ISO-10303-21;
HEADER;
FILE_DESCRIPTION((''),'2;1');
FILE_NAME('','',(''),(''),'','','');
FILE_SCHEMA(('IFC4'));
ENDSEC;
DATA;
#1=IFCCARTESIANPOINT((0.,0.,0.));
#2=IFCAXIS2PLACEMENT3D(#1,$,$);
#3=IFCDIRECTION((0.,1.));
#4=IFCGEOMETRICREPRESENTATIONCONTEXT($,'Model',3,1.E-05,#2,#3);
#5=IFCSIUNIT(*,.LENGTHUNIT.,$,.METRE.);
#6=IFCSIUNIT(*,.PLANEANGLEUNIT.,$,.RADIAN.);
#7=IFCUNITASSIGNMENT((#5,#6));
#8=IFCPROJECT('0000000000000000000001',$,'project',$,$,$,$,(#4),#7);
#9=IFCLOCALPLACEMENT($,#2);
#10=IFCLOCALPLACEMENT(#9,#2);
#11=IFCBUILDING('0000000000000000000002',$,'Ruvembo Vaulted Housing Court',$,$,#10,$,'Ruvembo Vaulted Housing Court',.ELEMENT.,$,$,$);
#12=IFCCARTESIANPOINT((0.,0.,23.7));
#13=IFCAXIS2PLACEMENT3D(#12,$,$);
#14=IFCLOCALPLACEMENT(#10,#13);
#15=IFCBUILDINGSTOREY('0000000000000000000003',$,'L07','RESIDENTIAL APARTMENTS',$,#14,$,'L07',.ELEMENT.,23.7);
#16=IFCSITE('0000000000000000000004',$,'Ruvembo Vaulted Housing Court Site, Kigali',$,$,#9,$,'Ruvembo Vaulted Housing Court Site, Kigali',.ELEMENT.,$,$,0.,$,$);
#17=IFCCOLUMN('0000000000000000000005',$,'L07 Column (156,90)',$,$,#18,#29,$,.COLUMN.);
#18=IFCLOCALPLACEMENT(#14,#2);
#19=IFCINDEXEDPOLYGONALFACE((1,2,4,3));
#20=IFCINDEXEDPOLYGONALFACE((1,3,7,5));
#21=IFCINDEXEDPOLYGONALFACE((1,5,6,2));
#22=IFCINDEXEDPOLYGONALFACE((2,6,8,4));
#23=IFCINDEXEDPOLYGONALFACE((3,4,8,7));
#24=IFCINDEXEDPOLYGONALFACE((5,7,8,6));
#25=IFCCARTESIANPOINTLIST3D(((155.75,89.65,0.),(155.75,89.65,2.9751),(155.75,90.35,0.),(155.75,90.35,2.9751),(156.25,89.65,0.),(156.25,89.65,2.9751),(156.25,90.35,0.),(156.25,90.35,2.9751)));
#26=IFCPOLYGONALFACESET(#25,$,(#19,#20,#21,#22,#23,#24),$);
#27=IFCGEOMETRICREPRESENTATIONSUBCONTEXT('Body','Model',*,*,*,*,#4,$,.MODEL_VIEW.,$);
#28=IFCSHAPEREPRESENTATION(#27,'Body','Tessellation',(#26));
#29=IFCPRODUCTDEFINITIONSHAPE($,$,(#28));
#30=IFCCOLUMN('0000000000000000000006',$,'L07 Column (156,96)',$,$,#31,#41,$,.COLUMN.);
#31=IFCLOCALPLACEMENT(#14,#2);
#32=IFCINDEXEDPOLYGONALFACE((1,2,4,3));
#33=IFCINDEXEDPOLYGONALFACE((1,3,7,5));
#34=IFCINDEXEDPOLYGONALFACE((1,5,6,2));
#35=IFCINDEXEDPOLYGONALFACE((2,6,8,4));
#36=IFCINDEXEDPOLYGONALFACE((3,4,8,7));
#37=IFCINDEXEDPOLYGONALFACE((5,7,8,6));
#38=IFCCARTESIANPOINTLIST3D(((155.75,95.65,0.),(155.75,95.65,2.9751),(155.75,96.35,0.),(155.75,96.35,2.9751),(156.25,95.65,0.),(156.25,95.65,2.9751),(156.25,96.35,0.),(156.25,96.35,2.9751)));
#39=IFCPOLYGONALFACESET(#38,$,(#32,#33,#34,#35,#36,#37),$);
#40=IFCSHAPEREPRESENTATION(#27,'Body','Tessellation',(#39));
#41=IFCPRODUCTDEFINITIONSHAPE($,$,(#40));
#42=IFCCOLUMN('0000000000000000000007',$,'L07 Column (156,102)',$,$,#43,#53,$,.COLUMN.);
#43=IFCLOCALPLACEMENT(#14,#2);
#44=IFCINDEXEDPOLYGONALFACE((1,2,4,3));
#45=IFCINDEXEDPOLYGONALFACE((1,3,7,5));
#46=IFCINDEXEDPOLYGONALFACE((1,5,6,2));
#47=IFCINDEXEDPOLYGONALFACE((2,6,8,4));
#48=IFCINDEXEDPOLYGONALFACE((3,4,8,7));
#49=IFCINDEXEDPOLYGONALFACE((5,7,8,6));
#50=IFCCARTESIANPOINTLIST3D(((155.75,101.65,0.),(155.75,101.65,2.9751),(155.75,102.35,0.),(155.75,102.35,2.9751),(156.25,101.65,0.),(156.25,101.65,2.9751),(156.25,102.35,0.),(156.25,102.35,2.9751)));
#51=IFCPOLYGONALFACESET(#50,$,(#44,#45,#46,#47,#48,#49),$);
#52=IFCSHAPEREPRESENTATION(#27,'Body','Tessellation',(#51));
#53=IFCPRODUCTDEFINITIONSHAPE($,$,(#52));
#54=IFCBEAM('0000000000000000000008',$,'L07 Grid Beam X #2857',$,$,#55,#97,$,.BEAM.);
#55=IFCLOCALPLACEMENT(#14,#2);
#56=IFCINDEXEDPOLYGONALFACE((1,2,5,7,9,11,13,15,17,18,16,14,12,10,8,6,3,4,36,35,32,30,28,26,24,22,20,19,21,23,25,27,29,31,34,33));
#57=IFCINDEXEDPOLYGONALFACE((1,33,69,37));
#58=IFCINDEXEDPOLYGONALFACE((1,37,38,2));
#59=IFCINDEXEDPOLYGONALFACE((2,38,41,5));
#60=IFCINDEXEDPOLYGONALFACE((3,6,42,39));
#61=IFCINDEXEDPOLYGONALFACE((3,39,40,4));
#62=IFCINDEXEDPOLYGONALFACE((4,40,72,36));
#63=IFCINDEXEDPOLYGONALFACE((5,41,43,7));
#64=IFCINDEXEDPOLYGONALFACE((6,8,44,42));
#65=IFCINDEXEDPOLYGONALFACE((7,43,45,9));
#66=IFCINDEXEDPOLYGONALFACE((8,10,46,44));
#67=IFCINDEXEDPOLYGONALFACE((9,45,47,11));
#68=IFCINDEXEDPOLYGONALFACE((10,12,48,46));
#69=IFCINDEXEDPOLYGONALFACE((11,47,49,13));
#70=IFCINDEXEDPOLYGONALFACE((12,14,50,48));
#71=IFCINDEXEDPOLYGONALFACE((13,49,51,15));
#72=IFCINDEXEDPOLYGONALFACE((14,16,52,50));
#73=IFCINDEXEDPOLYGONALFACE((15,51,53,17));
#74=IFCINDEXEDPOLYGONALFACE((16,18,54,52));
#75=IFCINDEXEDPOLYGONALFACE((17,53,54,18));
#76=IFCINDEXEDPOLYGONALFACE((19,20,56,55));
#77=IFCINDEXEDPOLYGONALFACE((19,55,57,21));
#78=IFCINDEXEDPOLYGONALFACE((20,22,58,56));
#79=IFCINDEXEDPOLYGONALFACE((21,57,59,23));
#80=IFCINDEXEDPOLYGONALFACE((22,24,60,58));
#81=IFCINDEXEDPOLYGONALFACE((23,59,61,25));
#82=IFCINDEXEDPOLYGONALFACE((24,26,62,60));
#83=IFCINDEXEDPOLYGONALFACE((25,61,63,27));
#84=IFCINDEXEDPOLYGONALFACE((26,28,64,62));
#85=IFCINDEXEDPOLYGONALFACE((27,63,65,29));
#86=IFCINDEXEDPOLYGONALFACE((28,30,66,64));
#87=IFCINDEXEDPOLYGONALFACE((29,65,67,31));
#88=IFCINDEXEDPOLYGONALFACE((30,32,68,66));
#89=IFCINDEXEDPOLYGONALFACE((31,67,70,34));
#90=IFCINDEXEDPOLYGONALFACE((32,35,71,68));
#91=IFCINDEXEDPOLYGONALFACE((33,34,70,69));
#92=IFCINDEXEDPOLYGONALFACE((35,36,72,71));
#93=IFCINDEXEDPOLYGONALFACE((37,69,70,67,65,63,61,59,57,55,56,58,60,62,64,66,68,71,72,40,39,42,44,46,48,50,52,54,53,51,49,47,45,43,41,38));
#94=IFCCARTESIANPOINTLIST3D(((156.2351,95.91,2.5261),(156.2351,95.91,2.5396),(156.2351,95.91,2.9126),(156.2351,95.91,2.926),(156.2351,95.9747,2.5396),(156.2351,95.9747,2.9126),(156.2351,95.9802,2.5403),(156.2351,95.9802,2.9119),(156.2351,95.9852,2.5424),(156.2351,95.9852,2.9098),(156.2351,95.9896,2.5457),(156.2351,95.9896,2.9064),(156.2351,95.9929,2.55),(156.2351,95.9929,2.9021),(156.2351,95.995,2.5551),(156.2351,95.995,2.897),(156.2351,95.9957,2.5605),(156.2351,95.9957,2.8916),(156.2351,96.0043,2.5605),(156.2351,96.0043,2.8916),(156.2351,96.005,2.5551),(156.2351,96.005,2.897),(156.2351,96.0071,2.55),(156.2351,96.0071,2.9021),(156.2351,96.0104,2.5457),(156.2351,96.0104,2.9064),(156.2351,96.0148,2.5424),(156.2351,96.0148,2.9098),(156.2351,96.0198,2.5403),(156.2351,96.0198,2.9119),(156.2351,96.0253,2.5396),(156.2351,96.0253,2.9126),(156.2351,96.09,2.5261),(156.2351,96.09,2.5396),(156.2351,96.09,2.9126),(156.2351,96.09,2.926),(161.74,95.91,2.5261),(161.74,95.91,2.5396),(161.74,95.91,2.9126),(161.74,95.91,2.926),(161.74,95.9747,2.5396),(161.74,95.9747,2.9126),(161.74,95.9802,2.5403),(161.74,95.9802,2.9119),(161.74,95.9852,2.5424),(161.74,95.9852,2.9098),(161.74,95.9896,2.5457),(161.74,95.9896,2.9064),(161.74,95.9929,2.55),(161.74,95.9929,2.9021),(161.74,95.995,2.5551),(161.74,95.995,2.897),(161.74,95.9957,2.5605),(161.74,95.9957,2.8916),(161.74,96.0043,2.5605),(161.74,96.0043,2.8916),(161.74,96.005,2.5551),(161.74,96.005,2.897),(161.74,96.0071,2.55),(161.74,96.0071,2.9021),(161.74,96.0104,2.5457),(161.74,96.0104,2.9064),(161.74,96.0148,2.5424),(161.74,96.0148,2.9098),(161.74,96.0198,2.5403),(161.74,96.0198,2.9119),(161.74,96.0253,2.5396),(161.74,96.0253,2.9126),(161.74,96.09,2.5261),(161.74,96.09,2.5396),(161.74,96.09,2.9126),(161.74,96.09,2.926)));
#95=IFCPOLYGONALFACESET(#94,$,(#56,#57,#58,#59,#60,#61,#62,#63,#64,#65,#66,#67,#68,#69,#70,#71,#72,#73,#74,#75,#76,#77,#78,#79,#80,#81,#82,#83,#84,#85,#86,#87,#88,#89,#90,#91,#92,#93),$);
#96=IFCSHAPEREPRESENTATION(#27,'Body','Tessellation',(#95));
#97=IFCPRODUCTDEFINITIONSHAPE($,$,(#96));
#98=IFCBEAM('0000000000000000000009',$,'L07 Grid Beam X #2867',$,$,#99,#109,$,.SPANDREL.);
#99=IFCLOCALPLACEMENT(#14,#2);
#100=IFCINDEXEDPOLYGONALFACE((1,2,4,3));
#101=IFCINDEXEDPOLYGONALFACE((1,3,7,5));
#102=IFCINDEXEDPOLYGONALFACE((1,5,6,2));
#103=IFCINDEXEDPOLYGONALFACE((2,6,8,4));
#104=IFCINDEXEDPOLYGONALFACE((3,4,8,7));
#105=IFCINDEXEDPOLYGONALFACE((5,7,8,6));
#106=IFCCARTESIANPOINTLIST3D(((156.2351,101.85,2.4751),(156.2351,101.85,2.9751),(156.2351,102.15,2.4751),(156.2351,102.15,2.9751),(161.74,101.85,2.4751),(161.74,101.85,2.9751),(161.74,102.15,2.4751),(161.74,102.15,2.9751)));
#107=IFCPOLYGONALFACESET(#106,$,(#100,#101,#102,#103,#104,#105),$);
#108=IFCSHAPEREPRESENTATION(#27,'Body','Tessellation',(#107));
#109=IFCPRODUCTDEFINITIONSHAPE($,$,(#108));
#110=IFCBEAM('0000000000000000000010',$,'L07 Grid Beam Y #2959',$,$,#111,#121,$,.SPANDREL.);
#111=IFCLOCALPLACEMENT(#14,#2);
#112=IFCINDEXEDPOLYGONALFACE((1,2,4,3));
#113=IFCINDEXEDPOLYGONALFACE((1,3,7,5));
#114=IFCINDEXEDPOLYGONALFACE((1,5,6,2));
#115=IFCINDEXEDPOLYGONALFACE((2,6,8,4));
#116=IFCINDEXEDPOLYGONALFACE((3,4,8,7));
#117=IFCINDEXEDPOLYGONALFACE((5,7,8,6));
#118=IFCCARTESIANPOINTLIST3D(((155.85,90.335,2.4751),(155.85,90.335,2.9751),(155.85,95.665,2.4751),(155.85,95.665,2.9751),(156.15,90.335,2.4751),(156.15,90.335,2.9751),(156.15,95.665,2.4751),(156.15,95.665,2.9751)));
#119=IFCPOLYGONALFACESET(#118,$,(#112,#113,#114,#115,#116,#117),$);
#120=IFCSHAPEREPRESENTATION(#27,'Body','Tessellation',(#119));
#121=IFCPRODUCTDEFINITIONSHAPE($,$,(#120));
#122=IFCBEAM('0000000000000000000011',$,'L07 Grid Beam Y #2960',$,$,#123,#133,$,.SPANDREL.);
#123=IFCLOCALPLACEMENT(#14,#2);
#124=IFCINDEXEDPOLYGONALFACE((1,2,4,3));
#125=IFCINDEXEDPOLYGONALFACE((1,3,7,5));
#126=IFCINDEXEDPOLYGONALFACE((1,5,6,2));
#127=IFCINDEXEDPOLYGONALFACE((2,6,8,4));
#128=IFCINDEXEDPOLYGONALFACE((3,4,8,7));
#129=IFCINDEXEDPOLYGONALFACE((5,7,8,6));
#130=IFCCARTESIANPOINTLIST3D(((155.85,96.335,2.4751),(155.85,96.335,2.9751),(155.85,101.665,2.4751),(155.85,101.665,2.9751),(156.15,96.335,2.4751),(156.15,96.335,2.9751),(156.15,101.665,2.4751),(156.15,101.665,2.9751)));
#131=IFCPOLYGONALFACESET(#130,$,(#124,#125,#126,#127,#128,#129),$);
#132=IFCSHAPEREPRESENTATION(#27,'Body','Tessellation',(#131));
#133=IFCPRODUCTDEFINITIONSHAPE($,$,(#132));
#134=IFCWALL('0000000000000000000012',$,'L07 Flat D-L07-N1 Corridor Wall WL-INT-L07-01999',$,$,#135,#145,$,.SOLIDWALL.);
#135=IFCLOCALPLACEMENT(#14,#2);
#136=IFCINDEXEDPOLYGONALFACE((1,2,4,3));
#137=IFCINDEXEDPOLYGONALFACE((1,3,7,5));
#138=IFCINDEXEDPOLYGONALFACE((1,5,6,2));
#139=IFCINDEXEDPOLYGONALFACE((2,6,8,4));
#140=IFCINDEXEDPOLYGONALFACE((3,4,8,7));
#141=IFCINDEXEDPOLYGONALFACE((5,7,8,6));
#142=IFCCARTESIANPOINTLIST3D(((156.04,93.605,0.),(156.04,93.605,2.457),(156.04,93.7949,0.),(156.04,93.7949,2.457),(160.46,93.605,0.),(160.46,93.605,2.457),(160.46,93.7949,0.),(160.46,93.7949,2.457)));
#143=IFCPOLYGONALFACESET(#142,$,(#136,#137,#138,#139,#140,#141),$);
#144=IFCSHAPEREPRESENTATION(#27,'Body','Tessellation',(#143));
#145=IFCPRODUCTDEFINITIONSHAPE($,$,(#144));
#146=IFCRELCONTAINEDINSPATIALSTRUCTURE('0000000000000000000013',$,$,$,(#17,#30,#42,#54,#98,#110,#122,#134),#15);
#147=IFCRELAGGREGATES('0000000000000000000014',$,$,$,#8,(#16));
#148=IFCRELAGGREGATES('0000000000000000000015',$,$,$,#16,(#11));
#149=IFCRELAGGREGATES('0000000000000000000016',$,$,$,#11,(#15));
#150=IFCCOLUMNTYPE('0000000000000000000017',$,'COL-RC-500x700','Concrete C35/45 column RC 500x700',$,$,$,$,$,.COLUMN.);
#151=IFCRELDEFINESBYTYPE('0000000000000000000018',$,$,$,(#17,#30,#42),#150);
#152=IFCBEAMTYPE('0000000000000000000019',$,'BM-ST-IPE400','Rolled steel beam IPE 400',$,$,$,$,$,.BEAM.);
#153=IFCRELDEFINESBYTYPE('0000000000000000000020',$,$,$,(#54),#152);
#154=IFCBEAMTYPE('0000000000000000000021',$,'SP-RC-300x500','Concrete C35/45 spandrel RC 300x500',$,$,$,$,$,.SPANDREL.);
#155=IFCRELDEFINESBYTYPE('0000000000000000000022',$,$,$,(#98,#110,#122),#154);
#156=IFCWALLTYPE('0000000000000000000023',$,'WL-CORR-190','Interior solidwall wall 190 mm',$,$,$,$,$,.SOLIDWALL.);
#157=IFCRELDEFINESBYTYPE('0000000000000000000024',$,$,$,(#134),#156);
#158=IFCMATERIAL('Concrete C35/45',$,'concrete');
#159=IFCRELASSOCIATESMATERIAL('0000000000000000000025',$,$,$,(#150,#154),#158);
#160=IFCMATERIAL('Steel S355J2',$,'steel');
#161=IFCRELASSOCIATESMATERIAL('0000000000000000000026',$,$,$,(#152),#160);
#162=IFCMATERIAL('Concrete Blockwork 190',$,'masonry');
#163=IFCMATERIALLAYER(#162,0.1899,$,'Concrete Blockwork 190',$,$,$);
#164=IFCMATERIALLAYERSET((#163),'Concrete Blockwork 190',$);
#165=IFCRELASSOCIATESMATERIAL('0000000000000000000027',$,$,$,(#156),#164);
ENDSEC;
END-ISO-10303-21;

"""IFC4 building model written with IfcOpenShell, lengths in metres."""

from ifc_helpers import new_model, si_unit, direction, frame, frame_2d, origin, origin_2d, place, context, subcontext, project, spatial, rectangle, i_section, extrude, material, layer, layer_set, material_profile, profile_set, type_object, element, save


model = new_model("IFC4")

# Units and contexts
model_context = context("Model", 3, precision=1e-05, world=origin(), true_north=direction((0.0, 1.0)))
body_context = subcontext(model_context, "Body", "Model", "MODEL_VIEW")
ifc_project = project(units=[si_unit("LENGTHUNIT", "METRE"), si_unit("PLANEANGLEUNIT", "RADIAN")], contexts=[model_context])

# Site, building, storey
site_placement = place(None, origin())
site = spatial("IfcSite", under=ifc_project, at=site_placement, Name="Ruvembo Vaulted Housing Court Site, Kigali", LongName="Ruvembo Vaulted Housing Court Site, Kigali", CompositionType="ELEMENT", RefElevation=0.0)
building_placement = place(site_placement, origin())
building = spatial("IfcBuilding", under=site, at=building_placement, Name="Ruvembo Vaulted Housing Court", LongName="Ruvembo Vaulted Housing Court", CompositionType="ELEMENT")
storey_placement = place(building_placement, frame((0.0, 0.0, 23.7)))
storey = spatial("IfcBuildingStorey", under=building, at=storey_placement, Name="L07", Description="RESIDENTIAL APARTMENTS", LongName="L07", CompositionType="ELEMENT", Elevation=23.7)

# Columns
ifc_material_1 = material(Name="Concrete C35/45", Category="concrete")
ifc_material_profile_1 = material_profile(ifc_material_1, rectangle(XDim=0.5, YDim=0.7, at=origin_2d()), Name="RC 500x700")
ifc_profile_set_1 = profile_set([ifc_material_profile_1], Name="Concrete C35/45")
column_type = type_object("IfcColumnType", Name="COL-RC-500x700", Description="Concrete C35/45 column RC 500x700", PredefinedType="COLUMN", material=ifc_profile_set_1)
for number, where, z_axis, x_axis, name in (
    (1, (156.0, 90.0, 0.0), (0.0, 0.0, 1.0), (1.0, 0.0, 0.0), "L07 Column (156,90)"),
    (2, (156.0, 96.0, 0.0), (0.0, 0.0, 1.0), (1.0, 0.0, 0.0), "L07 Column (156,96)"),
    (3, (156.0, 102.0, 0.0), (0.0, 0.0, 1.0), (1.0, 0.0, 0.0), "L07 Column (156,102)"),
):
    element("IfcColumn", number, at=place(storey_placement, frame(where, z_axis=z_axis, x_axis=x_axis)), inside=storey, type_object=column_type, Name=name, PredefinedType="COLUMN", context=body_context, shape_type="SweptSolid", body=[
        extrude(rectangle(XDim=0.5, YDim=0.7, at=origin_2d()), origin(), (0.0, 0.0, 1.0), 2.9751),
    ])

# Beams
ifc_material_2 = material(Name="Steel S355J2", Category="steel")
ifc_material_profile_2 = material_profile(ifc_material_2, i_section(OverallWidth=0.1799, OverallDepth=0.3999, WebThickness=0.0085, FlangeThickness=0.0134, FilletRadius=0.021, at=origin_2d()), Name="IPE 400")
ifc_profile_set_2 = profile_set([ifc_material_profile_2], Name="Steel S355J2")
beam_type_1 = type_object("IfcBeamType", Name="BM-ST-IPE400", Description="Rolled steel beam IPE 400", PredefinedType="BEAM", material=ifc_profile_set_2)
beam_1_placement = place(storey_placement, frame((156.2351, 96.0, 2.7261), z_axis=(1.0, 0.0, 0.0), x_axis=(0.0, 1.0, 0.0)))
element("IfcBeam", 4, at=beam_1_placement, inside=storey, type_object=beam_type_1, Name="L07 Grid Beam X #2857", PredefinedType="BEAM", context=body_context, shape_type="SweptSolid", body=[
    extrude(i_section(OverallWidth=0.1799, OverallDepth=0.3999, WebThickness=0.0085, FlangeThickness=0.0134, FilletRadius=0.021, at=origin_2d()), origin(), (0.0, 0.0, 1.0), 5.5049),
])
ifc_material_profile_3 = material_profile(ifc_material_1, rectangle(XDim=0.3, YDim=0.5, at=origin_2d()), Name="RC 300x500")
ifc_profile_set_3 = profile_set([ifc_material_profile_3], Name="Concrete C35/45")
beam_type_2 = type_object("IfcBeamType", Name="SP-RC-300x500", Description="Concrete C35/45 spandrel RC 300x500", PredefinedType="SPANDREL", material=ifc_profile_set_3)
beam_2_placement = place(storey_placement, frame((156.2351, 102.0, 2.7251), z_axis=(1.0, 0.0, 0.0), x_axis=(0.0, 1.0, 0.0)))
element("IfcBeam", 5, at=beam_2_placement, inside=storey, type_object=beam_type_2, Name="L07 Grid Beam X #2867", PredefinedType="SPANDREL", context=body_context, shape_type="SweptSolid", body=[
    extrude(rectangle(XDim=0.3, YDim=0.5, at=origin_2d()), origin(), (0.0, 0.0, 1.0), 5.5049),
])
for number, where, z_axis, x_axis, name in (
    (6, (156.0, 90.335, 2.7251), (0.0, 1.0, 0.0), (-1.0, 0.0, 0.0), "L07 Grid Beam Y #2959"),
    (7, (156.0, 96.335, 2.7251), (0.0, 1.0, 0.0), (-1.0, 0.0, 0.0), "L07 Grid Beam Y #2960"),
):
    element("IfcBeam", number, at=place(storey_placement, frame(where, z_axis=z_axis, x_axis=x_axis)), inside=storey, type_object=beam_type_2, Name=name, PredefinedType="SPANDREL", context=body_context, shape_type="SweptSolid", body=[
        extrude(rectangle(XDim=0.3, YDim=0.5, at=origin_2d()), origin(), (0.0, 0.0, 1.0), 5.3301),
    ])

# Wall
ifc_material_3 = material(Name="Concrete Blockwork 190", Category="masonry")
ifc_layer_1 = layer(ifc_material_3, 0.1899, Name="Concrete Blockwork 190")
ifc_layer_set_1 = layer_set([ifc_layer_1], Name="Concrete Blockwork 190")
wall_type_1 = type_object("IfcWallType", Name="WL-CORR-190", Description="Interior solidwall wall 190 mm", PredefinedType="SOLIDWALL", material=ifc_layer_set_1)
wall_1_placement = place(storey_placement, frame((156.04, 93.7, 0.0), z_axis=(0.0, 0.0, 1.0), x_axis=(1.0, 0.0, 0.0)))
element("IfcWall", 8, at=wall_1_placement, inside=storey, type_object=wall_type_1, Name="L07 Flat D-L07-N1 Corridor Wall WL-INT-L07-01999", PredefinedType="SOLIDWALL", context=body_context, shape_type="SweptSolid", body=[
    extrude(rectangle(XDim=4.4199, YDim=0.1899, at=frame_2d((2.21, 0.0))), origin(), (0.0, 0.0, 1.0), 2.457),
])

save(model, "model.ifc")
